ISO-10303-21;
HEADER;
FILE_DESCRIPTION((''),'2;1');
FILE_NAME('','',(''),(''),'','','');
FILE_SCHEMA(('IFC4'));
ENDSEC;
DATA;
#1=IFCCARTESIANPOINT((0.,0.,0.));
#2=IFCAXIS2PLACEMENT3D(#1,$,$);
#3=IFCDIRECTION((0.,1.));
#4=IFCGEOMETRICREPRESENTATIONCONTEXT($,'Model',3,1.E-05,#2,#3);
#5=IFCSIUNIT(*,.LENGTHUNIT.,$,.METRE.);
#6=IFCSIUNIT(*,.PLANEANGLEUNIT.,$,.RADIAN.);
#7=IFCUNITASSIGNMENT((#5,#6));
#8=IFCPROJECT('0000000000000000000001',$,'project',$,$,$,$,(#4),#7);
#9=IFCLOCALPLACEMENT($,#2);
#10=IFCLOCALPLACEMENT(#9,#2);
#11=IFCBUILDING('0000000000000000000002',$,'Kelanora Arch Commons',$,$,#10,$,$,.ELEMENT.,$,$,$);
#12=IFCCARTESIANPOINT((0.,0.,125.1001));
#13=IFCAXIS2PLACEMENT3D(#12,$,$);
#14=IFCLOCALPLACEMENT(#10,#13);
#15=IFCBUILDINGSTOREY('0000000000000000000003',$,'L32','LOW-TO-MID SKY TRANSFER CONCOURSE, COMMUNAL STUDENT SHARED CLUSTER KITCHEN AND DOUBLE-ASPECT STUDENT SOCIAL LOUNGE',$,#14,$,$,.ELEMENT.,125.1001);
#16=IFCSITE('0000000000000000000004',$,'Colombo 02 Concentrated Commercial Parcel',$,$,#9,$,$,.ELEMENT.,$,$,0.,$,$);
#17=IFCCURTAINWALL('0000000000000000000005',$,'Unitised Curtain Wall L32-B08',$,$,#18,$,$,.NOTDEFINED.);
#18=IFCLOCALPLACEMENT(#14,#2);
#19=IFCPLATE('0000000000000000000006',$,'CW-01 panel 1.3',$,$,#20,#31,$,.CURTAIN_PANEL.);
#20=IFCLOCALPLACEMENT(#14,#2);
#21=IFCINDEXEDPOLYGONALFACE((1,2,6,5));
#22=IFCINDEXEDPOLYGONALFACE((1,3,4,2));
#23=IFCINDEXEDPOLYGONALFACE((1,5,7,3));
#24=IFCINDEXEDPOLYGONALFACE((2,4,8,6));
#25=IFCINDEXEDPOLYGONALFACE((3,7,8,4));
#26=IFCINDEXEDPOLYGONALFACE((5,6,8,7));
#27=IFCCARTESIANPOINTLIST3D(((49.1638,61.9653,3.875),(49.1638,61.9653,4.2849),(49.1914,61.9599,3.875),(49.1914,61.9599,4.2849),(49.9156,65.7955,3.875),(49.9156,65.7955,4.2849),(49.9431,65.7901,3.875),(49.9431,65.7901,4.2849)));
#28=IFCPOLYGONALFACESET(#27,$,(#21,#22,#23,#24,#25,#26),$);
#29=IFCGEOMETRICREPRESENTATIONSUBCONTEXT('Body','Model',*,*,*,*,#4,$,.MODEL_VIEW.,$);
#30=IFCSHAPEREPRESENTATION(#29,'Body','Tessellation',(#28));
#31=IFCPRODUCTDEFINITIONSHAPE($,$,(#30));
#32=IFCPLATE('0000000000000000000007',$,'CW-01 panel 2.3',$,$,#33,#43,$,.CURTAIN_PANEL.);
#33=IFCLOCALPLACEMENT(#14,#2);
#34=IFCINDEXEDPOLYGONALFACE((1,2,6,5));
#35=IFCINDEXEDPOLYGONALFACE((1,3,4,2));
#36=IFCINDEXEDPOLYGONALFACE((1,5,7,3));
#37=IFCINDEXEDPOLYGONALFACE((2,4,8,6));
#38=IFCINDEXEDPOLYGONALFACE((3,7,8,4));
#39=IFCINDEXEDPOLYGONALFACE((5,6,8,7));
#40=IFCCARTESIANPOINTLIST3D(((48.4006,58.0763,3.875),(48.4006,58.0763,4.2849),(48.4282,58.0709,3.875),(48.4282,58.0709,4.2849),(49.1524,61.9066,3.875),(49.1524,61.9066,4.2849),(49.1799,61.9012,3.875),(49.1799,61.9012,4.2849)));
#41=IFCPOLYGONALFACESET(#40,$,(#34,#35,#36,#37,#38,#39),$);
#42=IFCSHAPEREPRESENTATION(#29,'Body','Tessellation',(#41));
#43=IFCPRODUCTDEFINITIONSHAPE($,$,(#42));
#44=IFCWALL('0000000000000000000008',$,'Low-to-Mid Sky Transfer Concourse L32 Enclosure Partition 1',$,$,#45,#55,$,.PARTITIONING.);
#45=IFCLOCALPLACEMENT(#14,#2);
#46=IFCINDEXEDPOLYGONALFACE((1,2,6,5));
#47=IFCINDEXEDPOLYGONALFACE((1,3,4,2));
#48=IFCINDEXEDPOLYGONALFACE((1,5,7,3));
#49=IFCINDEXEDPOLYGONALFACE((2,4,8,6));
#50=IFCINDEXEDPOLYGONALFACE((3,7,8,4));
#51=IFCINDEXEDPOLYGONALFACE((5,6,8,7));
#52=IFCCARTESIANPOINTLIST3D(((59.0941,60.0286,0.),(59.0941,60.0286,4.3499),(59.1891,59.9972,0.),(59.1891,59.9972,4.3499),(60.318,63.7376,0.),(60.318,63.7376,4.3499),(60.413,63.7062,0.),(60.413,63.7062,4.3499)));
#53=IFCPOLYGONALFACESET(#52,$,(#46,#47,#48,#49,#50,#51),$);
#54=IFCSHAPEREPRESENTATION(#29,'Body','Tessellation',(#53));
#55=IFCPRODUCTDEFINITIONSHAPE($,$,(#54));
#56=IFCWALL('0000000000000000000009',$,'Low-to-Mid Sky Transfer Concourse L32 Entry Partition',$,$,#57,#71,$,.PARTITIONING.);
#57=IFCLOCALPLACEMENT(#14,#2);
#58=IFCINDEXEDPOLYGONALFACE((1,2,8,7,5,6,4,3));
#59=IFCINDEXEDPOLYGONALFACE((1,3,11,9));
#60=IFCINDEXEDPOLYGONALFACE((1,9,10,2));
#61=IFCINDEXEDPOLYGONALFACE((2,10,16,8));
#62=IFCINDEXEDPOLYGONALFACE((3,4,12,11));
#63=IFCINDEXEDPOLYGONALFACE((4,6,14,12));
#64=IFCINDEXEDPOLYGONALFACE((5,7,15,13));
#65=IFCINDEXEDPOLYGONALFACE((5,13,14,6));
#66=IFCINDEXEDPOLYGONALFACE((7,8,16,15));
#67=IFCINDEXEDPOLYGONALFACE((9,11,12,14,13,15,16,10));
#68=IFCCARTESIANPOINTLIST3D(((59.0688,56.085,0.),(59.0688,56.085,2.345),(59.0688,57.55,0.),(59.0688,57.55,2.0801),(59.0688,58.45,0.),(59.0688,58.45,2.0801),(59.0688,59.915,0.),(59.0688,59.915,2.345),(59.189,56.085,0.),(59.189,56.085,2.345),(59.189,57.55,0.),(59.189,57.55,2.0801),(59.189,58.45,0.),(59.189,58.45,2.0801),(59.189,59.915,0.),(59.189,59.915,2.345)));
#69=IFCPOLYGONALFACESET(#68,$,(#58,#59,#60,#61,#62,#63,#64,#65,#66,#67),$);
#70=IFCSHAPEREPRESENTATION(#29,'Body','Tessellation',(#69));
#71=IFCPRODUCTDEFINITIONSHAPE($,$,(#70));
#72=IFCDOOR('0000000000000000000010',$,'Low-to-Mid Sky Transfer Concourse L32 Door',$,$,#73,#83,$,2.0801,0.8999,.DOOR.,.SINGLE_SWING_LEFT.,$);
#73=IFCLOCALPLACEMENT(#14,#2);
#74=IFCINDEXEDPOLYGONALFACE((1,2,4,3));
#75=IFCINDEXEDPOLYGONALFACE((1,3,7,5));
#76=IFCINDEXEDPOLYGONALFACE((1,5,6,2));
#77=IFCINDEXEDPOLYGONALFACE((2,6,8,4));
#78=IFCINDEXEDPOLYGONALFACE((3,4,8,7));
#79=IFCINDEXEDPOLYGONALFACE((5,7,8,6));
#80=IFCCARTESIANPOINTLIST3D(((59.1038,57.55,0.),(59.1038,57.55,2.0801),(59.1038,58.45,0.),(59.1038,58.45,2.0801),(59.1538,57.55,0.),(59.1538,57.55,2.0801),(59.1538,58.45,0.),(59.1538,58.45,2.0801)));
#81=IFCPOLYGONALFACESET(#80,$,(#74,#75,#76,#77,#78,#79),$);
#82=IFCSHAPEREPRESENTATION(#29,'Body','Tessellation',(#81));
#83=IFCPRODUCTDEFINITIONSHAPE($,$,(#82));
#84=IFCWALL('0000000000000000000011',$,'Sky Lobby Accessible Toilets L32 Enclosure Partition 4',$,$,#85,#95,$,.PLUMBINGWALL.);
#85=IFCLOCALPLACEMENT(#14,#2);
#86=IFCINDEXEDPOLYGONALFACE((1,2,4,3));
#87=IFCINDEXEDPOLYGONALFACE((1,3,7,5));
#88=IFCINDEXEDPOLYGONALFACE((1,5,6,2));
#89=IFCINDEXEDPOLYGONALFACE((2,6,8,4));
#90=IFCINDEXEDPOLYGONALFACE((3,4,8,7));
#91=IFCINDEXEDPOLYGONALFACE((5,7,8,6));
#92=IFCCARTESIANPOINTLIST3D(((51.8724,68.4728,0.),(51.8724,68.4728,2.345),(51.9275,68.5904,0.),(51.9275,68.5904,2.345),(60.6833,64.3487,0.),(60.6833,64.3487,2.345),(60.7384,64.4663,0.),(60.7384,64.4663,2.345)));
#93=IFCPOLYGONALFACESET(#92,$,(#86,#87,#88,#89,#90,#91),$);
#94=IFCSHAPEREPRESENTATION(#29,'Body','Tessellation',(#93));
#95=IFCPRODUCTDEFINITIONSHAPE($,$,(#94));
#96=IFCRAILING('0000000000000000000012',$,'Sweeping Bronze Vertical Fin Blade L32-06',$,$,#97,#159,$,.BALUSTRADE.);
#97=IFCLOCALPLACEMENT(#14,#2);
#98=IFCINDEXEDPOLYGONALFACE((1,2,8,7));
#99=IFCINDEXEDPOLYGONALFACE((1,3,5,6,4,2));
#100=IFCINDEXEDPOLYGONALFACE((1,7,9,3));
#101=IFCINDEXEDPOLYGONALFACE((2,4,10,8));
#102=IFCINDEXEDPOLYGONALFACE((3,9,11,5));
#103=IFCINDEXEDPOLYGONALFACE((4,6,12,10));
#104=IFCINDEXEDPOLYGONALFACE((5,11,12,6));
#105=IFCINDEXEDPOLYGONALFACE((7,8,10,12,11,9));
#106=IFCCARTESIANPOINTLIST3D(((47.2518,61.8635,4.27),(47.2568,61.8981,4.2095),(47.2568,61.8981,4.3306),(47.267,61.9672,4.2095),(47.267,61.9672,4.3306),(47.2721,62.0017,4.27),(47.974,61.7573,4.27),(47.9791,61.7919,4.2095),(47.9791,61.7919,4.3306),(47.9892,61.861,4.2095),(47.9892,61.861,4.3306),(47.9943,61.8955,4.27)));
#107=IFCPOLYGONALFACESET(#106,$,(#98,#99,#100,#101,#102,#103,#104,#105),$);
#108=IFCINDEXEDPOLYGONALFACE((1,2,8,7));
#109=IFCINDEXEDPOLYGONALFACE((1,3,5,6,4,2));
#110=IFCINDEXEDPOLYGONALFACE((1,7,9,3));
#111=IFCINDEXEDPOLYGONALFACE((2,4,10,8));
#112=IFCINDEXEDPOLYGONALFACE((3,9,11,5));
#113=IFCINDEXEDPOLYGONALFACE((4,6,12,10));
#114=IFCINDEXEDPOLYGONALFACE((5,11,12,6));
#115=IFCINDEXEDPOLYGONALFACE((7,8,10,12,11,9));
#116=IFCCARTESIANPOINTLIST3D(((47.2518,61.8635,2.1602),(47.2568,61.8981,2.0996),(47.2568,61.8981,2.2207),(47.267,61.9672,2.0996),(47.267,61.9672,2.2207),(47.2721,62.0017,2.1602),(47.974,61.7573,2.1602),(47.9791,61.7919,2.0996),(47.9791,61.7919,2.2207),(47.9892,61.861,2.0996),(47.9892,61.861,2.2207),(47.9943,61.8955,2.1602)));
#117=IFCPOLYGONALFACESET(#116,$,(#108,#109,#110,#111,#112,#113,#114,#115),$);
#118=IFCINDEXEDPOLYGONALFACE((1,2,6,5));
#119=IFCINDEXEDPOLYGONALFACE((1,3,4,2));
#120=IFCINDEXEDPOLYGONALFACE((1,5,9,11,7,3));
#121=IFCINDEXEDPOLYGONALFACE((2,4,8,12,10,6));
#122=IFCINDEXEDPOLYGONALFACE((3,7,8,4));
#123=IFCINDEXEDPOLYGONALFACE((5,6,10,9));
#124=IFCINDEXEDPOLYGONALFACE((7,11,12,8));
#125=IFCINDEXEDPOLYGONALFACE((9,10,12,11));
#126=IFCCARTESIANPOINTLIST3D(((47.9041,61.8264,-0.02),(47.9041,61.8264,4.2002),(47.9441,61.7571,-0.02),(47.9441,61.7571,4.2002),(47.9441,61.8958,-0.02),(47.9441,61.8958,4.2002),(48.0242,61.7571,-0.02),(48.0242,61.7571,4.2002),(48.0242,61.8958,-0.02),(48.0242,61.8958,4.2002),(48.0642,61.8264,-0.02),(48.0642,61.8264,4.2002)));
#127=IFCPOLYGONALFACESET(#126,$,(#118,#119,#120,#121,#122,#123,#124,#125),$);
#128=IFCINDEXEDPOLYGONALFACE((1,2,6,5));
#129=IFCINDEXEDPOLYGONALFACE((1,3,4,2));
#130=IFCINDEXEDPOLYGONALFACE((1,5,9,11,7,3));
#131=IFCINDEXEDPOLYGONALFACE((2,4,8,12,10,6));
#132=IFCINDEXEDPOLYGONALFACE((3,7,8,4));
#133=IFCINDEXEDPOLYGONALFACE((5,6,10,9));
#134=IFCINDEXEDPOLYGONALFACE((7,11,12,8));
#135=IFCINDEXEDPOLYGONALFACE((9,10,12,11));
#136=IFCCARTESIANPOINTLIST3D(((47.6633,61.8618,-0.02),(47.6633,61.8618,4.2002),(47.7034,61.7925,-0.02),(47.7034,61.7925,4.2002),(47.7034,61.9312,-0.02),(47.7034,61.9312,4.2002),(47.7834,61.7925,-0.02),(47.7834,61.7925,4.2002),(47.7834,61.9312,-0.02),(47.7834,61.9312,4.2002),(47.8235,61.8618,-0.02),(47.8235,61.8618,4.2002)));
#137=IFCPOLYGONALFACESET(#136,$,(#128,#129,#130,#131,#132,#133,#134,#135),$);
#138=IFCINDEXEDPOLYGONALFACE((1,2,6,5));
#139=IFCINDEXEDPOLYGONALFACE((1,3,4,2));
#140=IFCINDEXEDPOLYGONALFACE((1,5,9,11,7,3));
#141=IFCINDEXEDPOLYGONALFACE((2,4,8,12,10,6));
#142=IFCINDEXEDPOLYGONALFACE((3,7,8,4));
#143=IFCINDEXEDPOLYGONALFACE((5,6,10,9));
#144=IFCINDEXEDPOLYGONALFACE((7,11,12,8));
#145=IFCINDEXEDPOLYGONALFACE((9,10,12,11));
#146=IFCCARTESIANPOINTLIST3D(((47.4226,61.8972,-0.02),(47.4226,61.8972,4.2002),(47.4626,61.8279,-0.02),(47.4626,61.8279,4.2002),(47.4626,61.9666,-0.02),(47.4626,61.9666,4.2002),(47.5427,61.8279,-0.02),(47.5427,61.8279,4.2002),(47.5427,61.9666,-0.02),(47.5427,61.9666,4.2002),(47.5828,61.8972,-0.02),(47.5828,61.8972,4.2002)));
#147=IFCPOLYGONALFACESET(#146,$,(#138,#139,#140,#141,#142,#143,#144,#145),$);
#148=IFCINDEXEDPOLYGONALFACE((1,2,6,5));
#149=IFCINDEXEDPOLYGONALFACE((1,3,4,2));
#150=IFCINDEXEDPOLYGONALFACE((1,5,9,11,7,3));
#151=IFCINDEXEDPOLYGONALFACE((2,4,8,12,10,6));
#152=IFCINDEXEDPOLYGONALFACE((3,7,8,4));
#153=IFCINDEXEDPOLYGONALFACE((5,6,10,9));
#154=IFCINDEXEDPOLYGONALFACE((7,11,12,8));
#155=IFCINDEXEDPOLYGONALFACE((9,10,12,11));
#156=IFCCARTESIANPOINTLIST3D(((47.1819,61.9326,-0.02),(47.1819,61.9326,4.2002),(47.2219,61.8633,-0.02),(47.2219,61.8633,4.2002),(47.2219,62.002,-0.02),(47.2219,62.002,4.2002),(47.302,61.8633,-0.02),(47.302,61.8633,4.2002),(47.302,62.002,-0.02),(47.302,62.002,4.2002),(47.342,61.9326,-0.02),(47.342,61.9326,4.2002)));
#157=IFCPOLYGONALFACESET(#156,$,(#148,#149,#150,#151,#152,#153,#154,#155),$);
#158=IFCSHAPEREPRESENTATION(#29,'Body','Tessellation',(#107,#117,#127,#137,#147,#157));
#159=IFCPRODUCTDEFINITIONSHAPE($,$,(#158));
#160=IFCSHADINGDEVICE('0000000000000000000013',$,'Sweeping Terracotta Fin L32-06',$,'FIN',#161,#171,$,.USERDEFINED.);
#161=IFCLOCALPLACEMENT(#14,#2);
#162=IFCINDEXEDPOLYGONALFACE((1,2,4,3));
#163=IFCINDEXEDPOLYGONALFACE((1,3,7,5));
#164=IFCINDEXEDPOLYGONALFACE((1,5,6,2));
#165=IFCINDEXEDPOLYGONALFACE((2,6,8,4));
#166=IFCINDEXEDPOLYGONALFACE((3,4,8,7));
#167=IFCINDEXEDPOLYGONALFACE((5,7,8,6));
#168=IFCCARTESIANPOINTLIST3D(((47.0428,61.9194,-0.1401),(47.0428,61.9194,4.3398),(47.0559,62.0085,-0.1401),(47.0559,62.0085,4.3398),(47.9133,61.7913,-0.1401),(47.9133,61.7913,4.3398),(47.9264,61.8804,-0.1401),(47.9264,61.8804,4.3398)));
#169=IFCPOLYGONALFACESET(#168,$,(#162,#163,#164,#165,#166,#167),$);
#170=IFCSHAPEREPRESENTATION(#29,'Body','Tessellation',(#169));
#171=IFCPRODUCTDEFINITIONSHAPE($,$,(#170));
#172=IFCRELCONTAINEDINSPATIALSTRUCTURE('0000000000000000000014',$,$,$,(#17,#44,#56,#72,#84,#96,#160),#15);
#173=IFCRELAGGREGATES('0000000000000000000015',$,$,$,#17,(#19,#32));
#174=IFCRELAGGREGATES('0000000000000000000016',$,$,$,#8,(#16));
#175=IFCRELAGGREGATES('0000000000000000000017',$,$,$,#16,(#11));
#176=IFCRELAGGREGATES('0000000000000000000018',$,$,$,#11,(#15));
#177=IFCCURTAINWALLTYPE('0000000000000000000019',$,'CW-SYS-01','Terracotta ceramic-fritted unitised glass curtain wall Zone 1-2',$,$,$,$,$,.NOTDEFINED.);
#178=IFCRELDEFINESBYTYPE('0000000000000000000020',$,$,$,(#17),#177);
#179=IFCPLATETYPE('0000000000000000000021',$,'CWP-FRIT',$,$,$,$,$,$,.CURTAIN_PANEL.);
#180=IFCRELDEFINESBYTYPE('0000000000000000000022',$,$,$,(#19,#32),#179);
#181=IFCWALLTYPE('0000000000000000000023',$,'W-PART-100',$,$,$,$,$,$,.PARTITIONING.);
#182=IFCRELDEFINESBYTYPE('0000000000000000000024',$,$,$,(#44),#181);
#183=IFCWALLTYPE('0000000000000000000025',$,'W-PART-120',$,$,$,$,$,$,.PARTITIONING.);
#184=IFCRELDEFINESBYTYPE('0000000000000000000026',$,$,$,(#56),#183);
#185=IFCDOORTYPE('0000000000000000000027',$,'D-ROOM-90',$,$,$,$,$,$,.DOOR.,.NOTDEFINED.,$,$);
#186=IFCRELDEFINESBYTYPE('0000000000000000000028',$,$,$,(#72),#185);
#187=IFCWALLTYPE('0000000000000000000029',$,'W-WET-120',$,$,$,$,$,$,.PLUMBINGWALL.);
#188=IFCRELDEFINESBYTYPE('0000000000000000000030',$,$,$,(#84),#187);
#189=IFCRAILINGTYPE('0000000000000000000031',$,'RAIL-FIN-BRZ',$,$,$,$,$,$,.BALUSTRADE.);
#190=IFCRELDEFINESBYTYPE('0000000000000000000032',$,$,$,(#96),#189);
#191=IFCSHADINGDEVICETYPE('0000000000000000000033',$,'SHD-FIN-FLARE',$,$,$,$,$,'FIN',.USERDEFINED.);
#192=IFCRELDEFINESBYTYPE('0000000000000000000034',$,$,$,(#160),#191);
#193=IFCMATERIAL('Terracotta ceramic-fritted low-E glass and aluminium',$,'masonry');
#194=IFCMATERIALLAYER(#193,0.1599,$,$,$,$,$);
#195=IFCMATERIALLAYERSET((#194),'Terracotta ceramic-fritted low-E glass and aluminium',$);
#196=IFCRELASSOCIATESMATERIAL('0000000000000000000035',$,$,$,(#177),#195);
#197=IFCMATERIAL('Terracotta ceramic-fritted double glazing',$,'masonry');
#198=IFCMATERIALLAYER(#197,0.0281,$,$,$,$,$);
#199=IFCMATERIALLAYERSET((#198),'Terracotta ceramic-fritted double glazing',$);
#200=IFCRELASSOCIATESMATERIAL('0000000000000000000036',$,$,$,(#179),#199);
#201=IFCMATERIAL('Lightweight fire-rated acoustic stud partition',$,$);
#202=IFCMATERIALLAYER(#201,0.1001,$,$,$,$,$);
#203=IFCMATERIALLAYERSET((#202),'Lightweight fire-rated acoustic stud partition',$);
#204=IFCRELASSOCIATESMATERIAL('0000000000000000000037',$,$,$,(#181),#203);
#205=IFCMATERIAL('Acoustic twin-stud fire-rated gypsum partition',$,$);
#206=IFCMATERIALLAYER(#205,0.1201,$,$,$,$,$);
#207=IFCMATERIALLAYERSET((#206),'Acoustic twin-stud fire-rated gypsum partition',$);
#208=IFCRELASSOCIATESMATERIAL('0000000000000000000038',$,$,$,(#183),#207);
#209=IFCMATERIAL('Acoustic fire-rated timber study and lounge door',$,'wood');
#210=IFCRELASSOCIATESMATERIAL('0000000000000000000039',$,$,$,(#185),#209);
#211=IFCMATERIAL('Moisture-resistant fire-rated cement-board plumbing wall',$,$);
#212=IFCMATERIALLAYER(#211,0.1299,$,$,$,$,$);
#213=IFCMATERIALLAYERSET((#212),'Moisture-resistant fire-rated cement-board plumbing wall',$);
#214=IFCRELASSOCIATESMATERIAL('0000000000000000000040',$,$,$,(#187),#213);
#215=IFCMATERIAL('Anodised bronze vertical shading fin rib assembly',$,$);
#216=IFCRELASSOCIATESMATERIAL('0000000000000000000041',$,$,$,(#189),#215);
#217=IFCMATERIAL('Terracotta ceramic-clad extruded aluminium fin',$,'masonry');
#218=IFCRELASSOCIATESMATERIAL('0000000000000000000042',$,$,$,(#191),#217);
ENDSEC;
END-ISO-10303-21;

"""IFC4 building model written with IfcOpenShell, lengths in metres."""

from ifc_helpers import new_model, si_unit, direction, frame, frame_2d, origin, origin_2d, place, context, subcontext, project, spatial, polyline, rectangle, outline, extrude, source, transform, mapped, material, layer, layer_set, type_object, element, fill, aggregate, save


model = new_model("IFC4")

# Units and contexts
model_context = context("Model", 3, precision=1e-05, world=origin(), true_north=direction((0.0, 1.0)))
body_context = subcontext(model_context, "Body", "Model", "MODEL_VIEW")
ifc_project = project(units=[si_unit("LENGTHUNIT", "METRE"), si_unit("PLANEANGLEUNIT", "RADIAN")], contexts=[model_context])

# Site, building, storey
site_placement = place(None, origin())
site = spatial("IfcSite", under=ifc_project, at=site_placement, Name="Colombo 02 Concentrated Commercial Parcel", CompositionType="ELEMENT", RefElevation=0.0)
building_placement = place(site_placement, origin())
building = spatial("IfcBuilding", under=site, at=building_placement, Name="Kelanora Arch Commons", CompositionType="ELEMENT")
storey_placement = place(building_placement, frame((0.0, 0.0, 125.1001)))
storey = spatial("IfcBuildingStorey", under=building, at=storey_placement, Name="L32", Description="LOW-TO-MID SKY TRANSFER CONCOURSE, COMMUNAL STUDENT SHARED CLUSTER KITCHEN AND DOUBLE-ASPECT STUDENT SOCIAL LOUNGE", CompositionType="ELEMENT", Elevation=125.1001)

# Curtain wall, plates
ifc_material_1 = material(Name="Terracotta ceramic-fritted low-E glass and aluminium", Category="masonry")
ifc_layer_1 = layer(ifc_material_1, 0.1599)
ifc_layer_set_1 = layer_set([ifc_layer_1], Name="Terracotta ceramic-fritted low-E glass and aluminium")
curtain_wall_type = type_object("IfcCurtainWallType", Name="CW-SYS-01", Description="Terracotta ceramic-fritted unitised glass curtain wall Zone 1-2", PredefinedType="NOTDEFINED", material=ifc_layer_set_1)
curtain_wall_placement = place(storey_placement, origin())
curtain_wall = element("IfcCurtainWall", 1, at=curtain_wall_placement, inside=storey, type_object=curtain_wall_type, Name="Unitised Curtain Wall L32-B08", PredefinedType="NOTDEFINED")
ifc_material_2 = material(Name="Terracotta ceramic-fritted double glazing", Category="masonry")
ifc_layer_2 = layer(ifc_material_2, 0.0281)
ifc_layer_set_2 = layer_set([ifc_layer_2], Name="Terracotta ceramic-fritted double glazing")
plate_type = type_object("IfcPlateType", Name="CWP-FRIT", PredefinedType="CURTAIN_PANEL", material=ifc_layer_set_2)
shared_shape_1 = source(origin(), body_context, "Body", "SweptSolid", [
    extrude(rectangle(XDim=3.9033, YDim=0.0281, at=origin_2d()), origin(), (0.0, 0.0, 1.0), 0.4099),
])
plate_1_placement = place(storey_placement, frame((49.5535, 63.8777, 3.875), z_axis=(0.0, 0.0, 1.0), x_axis=(-0.192585, -0.98128, 0.0)))
plate_1 = element("IfcPlate", 2, at=plate_1_placement, type_object=plate_type, Name="CW-01 panel 1.3", PredefinedType="CURTAIN_PANEL", context=body_context, shape_type="MappedRepresentation", body=[
    mapped(shared_shape_1, transform((0.0, 0.0, 0.0), scale=1.0)),
])
plate_2_placement = place(storey_placement, frame((48.7903, 59.9888, 3.875), z_axis=(0.0, 0.0, 1.0), x_axis=(-0.192585, -0.98128, 0.0)))
plate_2 = element("IfcPlate", 3, at=plate_2_placement, type_object=plate_type, Name="CW-01 panel 2.3", PredefinedType="CURTAIN_PANEL", context=body_context, shape_type="MappedRepresentation", body=[
    mapped(shared_shape_1, transform((0.0, 0.0, 0.0), scale=1.0)),
])
aggregate(curtain_wall, [plate_1, plate_2])

# Wall
ifc_material_3 = material(Name="Lightweight fire-rated acoustic stud partition")
ifc_layer_3 = layer(ifc_material_3, 0.1001)
ifc_layer_set_3 = layer_set([ifc_layer_3], Name="Lightweight fire-rated acoustic stud partition")
wall_type_1 = type_object("IfcWallType", Name="W-PART-100", PredefinedType="PARTITIONING", material=ifc_layer_set_3)
wall_1_placement = place(storey_placement, frame((60.3655, 63.7219, 0.0), z_axis=(0.0, 0.0, 1.0), x_axis=(-0.313357, -0.949635, 0.0)))
element("IfcWall", 4, at=wall_1_placement, inside=storey, type_object=wall_type_1, Name="Low-to-Mid Sky Transfer Concourse L32 Enclosure Partition 1", PredefinedType="PARTITIONING", context=body_context, shape_type="SweptSolid", body=[
    extrude(rectangle(XDim=3.9058, YDim=0.1001, at=frame_2d((1.9529, 0.0))), origin(), (0.0, 0.0, 1.0), 4.3499),
])

# Wall, opening, door
ifc_material_4 = material(Name="Acoustic twin-stud fire-rated gypsum partition")
ifc_layer_4 = layer(ifc_material_4, 0.1201)
ifc_layer_set_4 = layer_set([ifc_layer_4], Name="Acoustic twin-stud fire-rated gypsum partition")
wall_type_2 = type_object("IfcWallType", Name="W-PART-120", PredefinedType="PARTITIONING", material=ifc_layer_set_4)
wall_2_placement = place(storey_placement, frame((59.1289, 59.915, 0.0), z_axis=(0.0, 0.0, 1.0), x_axis=(0.0, -1.0, 0.0)))
wall_2 = element("IfcWall", 5, at=wall_2_placement, inside=storey, type_object=wall_type_2, Name="Low-to-Mid Sky Transfer Concourse L32 Entry Partition", PredefinedType="PARTITIONING", context=body_context, shape_type="SweptSolid", body=[
    extrude(rectangle(XDim=3.8301, YDim=0.1201, at=frame_2d((1.915, 0.0))), origin(), (0.0, 0.0, 1.0), 2.345),
])
opening_placement = place(wall_2_placement, frame((1.4651, 0.0, 0.0)))
opening = element("IfcOpeningElement", 6, at=opening_placement, cuts=wall_2, PredefinedType="OPENING", context=body_context, shape_type="SweptSolid", body=[
    extrude(rectangle(XDim=0.8999, YDim=2.0801, at=frame_2d((0.45, 1.04))), frame((0.0, 0.0701, 0.0), z_axis=(0.0, -1.0, 0.0), x_axis=(1.0, 0.0, 0.0)), (0.0, 0.0, 1.0), 0.1401),
])
ifc_material_5 = material(Name="Acoustic fire-rated timber study and lounge door", Category="wood")
door_type = type_object("IfcDoorType", Name="D-ROOM-90", OperationType="NOTDEFINED", PredefinedType="DOOR", material=ifc_material_5)
door_placement = place(opening_placement, origin())
door = element("IfcDoor", 7, at=door_placement, inside=storey, type_object=door_type, Name="Low-to-Mid Sky Transfer Concourse L32 Door", OperationType="SINGLE_SWING_LEFT", OverallHeight=2.0801, OverallWidth=0.8999, PredefinedType="DOOR", context=body_context, shape_type="SweptSolid", body=[
    extrude(rectangle(XDim=0.8999, YDim=2.0801, at=frame_2d((0.45, 1.04))), frame((0.0, 0.0249, 0.0), z_axis=(0.0, -1.0, 0.0), x_axis=(1.0, 0.0, 0.0)), (0.0, 0.0, 1.0), 0.05),
])
fill(opening, door)

# Wall
ifc_material_6 = material(Name="Moisture-resistant fire-rated cement-board plumbing wall")
ifc_layer_5 = layer(ifc_material_6, 0.1299)
ifc_layer_set_5 = layer_set([ifc_layer_5], Name="Moisture-resistant fire-rated cement-board plumbing wall")
wall_type_3 = type_object("IfcWallType", Name="W-WET-120", PredefinedType="PLUMBINGWALL", material=ifc_layer_set_5)
wall_3_placement = place(storey_placement, frame((60.7109, 64.4075, 0.0), z_axis=(0.0, 0.0, 1.0), x_axis=(-0.905697, 0.423925, 0.0)))
element("IfcWall", 8, at=wall_3_placement, inside=storey, type_object=wall_type_3, Name="Sky Lobby Accessible Toilets L32 Enclosure Partition 4", PredefinedType="PLUMBINGWALL", context=body_context, shape_type="SweptSolid", body=[
    extrude(rectangle(XDim=9.7283, YDim=0.1299, at=frame_2d((4.8643, 0.0))), origin(), (0.0, 0.0, 1.0), 2.345),
])

# Railing
ifc_material_7 = material(Name="Anodised bronze vertical shading fin rib assembly")
railing_type = type_object("IfcRailingType", Name="RAIL-FIN-BRZ", PredefinedType="BALUSTRADE", material=ifc_material_7)
railing_placement = place(storey_placement, frame((47.9841, 61.8264, -0.02)))
element("IfcRailing", 9, at=railing_placement, inside=storey, type_object=railing_type, Name="Sweeping Bronze Vertical Fin Blade L32-06", PredefinedType="BALUSTRADE", context=body_context, shape_type="SweptSolid", body=[
    extrude(outline(polyline([(0.0698, 0.0), (0.0349, 0.0605), (-0.0349, 0.0605), (-0.0698, 0.0), (-0.0349, -0.0605), (0.0349, -0.0605), (0.0698, 0.0)])), frame((0.0, 0.0, 4.29), z_axis=(-0.989359, 0.145494, 0.0), x_axis=(-0.145494, -0.989359, 0.0)), (0.0, 0.0, 1.0), 0.73),
    extrude(outline(polyline([(0.0698, 0.0), (0.0349, 0.0605), (-0.0349, 0.0605), (-0.0698, 0.0), (-0.0349, -0.0605), (0.0349, -0.0605), (0.0698, 0.0)])), frame((0.0, 0.0, 2.1802), z_axis=(-0.989359, 0.145494, 0.0), x_axis=(-0.145494, -0.989359, 0.0)), (0.0, 0.0, 1.0), 0.73),
    extrude(outline(polyline([(0.0801, 0.0), (0.04, 0.0693), (-0.04, 0.0693), (-0.0801, 0.0), (-0.04, -0.0693), (0.04, -0.0693), (0.0801, 0.0)])), origin(), (0.0, 0.0, 1.0), 4.2202),
    extrude(outline(polyline([(0.0801, 0.0), (0.04, 0.0693), (-0.04, 0.0693), (-0.0801, 0.0), (-0.04, -0.0693), (0.04, -0.0693), (0.0801, 0.0)])), frame((-0.2407, 0.0354, 0.0)), (0.0, 0.0, 1.0), 4.2202),
    extrude(outline(polyline([(0.0801, 0.0), (0.04, 0.0693), (-0.04, 0.0693), (-0.0801, 0.0), (-0.04, -0.0693), (0.04, -0.0693), (0.0801, 0.0)])), frame((-0.4814, 0.0708, 0.0)), (0.0, 0.0, 1.0), 4.2202),
    extrude(outline(polyline([(0.0801, 0.0), (0.04, 0.0693), (-0.04, 0.0693), (-0.0801, 0.0), (-0.04, -0.0693), (0.04, -0.0693), (0.0801, 0.0)])), frame((-0.7222, 0.1062, 0.0)), (0.0, 0.0, 1.0), 4.2202),
])

# Shading device
ifc_material_8 = material(Name="Terracotta ceramic-clad extruded aluminium fin", Category="masonry")
shading_device_type = type_object("IfcShadingDeviceType", Name="SHD-FIN-FLARE", ElementType="FIN", PredefinedType="USERDEFINED", material=ifc_material_8)
shared_shape_2 = source(origin(), body_context, "Body", "SweptSolid", [
    extrude(rectangle(XDim=0.8799, YDim=0.0901, at=origin_2d()), origin(), (0.0, 0.0, 1.0), 4.48),
])
shading_device_placement = place(storey_placement, frame((47.4846, 61.8999, -0.1401), z_axis=(0.0, 0.0, 1.0), x_axis=(-0.989349, 0.145565, 0.0)))
element("IfcShadingDevice", 10, at=shading_device_placement, inside=storey, type_object=shading_device_type, Name="Sweeping Terracotta Fin L32-06", ObjectType="FIN", PredefinedType="USERDEFINED", context=body_context, shape_type="MappedRepresentation", body=[
    mapped(shared_shape_2, transform((0.0, 0.0, 0.0), scale=1.0)),
])

save(model, "model.ifc")
